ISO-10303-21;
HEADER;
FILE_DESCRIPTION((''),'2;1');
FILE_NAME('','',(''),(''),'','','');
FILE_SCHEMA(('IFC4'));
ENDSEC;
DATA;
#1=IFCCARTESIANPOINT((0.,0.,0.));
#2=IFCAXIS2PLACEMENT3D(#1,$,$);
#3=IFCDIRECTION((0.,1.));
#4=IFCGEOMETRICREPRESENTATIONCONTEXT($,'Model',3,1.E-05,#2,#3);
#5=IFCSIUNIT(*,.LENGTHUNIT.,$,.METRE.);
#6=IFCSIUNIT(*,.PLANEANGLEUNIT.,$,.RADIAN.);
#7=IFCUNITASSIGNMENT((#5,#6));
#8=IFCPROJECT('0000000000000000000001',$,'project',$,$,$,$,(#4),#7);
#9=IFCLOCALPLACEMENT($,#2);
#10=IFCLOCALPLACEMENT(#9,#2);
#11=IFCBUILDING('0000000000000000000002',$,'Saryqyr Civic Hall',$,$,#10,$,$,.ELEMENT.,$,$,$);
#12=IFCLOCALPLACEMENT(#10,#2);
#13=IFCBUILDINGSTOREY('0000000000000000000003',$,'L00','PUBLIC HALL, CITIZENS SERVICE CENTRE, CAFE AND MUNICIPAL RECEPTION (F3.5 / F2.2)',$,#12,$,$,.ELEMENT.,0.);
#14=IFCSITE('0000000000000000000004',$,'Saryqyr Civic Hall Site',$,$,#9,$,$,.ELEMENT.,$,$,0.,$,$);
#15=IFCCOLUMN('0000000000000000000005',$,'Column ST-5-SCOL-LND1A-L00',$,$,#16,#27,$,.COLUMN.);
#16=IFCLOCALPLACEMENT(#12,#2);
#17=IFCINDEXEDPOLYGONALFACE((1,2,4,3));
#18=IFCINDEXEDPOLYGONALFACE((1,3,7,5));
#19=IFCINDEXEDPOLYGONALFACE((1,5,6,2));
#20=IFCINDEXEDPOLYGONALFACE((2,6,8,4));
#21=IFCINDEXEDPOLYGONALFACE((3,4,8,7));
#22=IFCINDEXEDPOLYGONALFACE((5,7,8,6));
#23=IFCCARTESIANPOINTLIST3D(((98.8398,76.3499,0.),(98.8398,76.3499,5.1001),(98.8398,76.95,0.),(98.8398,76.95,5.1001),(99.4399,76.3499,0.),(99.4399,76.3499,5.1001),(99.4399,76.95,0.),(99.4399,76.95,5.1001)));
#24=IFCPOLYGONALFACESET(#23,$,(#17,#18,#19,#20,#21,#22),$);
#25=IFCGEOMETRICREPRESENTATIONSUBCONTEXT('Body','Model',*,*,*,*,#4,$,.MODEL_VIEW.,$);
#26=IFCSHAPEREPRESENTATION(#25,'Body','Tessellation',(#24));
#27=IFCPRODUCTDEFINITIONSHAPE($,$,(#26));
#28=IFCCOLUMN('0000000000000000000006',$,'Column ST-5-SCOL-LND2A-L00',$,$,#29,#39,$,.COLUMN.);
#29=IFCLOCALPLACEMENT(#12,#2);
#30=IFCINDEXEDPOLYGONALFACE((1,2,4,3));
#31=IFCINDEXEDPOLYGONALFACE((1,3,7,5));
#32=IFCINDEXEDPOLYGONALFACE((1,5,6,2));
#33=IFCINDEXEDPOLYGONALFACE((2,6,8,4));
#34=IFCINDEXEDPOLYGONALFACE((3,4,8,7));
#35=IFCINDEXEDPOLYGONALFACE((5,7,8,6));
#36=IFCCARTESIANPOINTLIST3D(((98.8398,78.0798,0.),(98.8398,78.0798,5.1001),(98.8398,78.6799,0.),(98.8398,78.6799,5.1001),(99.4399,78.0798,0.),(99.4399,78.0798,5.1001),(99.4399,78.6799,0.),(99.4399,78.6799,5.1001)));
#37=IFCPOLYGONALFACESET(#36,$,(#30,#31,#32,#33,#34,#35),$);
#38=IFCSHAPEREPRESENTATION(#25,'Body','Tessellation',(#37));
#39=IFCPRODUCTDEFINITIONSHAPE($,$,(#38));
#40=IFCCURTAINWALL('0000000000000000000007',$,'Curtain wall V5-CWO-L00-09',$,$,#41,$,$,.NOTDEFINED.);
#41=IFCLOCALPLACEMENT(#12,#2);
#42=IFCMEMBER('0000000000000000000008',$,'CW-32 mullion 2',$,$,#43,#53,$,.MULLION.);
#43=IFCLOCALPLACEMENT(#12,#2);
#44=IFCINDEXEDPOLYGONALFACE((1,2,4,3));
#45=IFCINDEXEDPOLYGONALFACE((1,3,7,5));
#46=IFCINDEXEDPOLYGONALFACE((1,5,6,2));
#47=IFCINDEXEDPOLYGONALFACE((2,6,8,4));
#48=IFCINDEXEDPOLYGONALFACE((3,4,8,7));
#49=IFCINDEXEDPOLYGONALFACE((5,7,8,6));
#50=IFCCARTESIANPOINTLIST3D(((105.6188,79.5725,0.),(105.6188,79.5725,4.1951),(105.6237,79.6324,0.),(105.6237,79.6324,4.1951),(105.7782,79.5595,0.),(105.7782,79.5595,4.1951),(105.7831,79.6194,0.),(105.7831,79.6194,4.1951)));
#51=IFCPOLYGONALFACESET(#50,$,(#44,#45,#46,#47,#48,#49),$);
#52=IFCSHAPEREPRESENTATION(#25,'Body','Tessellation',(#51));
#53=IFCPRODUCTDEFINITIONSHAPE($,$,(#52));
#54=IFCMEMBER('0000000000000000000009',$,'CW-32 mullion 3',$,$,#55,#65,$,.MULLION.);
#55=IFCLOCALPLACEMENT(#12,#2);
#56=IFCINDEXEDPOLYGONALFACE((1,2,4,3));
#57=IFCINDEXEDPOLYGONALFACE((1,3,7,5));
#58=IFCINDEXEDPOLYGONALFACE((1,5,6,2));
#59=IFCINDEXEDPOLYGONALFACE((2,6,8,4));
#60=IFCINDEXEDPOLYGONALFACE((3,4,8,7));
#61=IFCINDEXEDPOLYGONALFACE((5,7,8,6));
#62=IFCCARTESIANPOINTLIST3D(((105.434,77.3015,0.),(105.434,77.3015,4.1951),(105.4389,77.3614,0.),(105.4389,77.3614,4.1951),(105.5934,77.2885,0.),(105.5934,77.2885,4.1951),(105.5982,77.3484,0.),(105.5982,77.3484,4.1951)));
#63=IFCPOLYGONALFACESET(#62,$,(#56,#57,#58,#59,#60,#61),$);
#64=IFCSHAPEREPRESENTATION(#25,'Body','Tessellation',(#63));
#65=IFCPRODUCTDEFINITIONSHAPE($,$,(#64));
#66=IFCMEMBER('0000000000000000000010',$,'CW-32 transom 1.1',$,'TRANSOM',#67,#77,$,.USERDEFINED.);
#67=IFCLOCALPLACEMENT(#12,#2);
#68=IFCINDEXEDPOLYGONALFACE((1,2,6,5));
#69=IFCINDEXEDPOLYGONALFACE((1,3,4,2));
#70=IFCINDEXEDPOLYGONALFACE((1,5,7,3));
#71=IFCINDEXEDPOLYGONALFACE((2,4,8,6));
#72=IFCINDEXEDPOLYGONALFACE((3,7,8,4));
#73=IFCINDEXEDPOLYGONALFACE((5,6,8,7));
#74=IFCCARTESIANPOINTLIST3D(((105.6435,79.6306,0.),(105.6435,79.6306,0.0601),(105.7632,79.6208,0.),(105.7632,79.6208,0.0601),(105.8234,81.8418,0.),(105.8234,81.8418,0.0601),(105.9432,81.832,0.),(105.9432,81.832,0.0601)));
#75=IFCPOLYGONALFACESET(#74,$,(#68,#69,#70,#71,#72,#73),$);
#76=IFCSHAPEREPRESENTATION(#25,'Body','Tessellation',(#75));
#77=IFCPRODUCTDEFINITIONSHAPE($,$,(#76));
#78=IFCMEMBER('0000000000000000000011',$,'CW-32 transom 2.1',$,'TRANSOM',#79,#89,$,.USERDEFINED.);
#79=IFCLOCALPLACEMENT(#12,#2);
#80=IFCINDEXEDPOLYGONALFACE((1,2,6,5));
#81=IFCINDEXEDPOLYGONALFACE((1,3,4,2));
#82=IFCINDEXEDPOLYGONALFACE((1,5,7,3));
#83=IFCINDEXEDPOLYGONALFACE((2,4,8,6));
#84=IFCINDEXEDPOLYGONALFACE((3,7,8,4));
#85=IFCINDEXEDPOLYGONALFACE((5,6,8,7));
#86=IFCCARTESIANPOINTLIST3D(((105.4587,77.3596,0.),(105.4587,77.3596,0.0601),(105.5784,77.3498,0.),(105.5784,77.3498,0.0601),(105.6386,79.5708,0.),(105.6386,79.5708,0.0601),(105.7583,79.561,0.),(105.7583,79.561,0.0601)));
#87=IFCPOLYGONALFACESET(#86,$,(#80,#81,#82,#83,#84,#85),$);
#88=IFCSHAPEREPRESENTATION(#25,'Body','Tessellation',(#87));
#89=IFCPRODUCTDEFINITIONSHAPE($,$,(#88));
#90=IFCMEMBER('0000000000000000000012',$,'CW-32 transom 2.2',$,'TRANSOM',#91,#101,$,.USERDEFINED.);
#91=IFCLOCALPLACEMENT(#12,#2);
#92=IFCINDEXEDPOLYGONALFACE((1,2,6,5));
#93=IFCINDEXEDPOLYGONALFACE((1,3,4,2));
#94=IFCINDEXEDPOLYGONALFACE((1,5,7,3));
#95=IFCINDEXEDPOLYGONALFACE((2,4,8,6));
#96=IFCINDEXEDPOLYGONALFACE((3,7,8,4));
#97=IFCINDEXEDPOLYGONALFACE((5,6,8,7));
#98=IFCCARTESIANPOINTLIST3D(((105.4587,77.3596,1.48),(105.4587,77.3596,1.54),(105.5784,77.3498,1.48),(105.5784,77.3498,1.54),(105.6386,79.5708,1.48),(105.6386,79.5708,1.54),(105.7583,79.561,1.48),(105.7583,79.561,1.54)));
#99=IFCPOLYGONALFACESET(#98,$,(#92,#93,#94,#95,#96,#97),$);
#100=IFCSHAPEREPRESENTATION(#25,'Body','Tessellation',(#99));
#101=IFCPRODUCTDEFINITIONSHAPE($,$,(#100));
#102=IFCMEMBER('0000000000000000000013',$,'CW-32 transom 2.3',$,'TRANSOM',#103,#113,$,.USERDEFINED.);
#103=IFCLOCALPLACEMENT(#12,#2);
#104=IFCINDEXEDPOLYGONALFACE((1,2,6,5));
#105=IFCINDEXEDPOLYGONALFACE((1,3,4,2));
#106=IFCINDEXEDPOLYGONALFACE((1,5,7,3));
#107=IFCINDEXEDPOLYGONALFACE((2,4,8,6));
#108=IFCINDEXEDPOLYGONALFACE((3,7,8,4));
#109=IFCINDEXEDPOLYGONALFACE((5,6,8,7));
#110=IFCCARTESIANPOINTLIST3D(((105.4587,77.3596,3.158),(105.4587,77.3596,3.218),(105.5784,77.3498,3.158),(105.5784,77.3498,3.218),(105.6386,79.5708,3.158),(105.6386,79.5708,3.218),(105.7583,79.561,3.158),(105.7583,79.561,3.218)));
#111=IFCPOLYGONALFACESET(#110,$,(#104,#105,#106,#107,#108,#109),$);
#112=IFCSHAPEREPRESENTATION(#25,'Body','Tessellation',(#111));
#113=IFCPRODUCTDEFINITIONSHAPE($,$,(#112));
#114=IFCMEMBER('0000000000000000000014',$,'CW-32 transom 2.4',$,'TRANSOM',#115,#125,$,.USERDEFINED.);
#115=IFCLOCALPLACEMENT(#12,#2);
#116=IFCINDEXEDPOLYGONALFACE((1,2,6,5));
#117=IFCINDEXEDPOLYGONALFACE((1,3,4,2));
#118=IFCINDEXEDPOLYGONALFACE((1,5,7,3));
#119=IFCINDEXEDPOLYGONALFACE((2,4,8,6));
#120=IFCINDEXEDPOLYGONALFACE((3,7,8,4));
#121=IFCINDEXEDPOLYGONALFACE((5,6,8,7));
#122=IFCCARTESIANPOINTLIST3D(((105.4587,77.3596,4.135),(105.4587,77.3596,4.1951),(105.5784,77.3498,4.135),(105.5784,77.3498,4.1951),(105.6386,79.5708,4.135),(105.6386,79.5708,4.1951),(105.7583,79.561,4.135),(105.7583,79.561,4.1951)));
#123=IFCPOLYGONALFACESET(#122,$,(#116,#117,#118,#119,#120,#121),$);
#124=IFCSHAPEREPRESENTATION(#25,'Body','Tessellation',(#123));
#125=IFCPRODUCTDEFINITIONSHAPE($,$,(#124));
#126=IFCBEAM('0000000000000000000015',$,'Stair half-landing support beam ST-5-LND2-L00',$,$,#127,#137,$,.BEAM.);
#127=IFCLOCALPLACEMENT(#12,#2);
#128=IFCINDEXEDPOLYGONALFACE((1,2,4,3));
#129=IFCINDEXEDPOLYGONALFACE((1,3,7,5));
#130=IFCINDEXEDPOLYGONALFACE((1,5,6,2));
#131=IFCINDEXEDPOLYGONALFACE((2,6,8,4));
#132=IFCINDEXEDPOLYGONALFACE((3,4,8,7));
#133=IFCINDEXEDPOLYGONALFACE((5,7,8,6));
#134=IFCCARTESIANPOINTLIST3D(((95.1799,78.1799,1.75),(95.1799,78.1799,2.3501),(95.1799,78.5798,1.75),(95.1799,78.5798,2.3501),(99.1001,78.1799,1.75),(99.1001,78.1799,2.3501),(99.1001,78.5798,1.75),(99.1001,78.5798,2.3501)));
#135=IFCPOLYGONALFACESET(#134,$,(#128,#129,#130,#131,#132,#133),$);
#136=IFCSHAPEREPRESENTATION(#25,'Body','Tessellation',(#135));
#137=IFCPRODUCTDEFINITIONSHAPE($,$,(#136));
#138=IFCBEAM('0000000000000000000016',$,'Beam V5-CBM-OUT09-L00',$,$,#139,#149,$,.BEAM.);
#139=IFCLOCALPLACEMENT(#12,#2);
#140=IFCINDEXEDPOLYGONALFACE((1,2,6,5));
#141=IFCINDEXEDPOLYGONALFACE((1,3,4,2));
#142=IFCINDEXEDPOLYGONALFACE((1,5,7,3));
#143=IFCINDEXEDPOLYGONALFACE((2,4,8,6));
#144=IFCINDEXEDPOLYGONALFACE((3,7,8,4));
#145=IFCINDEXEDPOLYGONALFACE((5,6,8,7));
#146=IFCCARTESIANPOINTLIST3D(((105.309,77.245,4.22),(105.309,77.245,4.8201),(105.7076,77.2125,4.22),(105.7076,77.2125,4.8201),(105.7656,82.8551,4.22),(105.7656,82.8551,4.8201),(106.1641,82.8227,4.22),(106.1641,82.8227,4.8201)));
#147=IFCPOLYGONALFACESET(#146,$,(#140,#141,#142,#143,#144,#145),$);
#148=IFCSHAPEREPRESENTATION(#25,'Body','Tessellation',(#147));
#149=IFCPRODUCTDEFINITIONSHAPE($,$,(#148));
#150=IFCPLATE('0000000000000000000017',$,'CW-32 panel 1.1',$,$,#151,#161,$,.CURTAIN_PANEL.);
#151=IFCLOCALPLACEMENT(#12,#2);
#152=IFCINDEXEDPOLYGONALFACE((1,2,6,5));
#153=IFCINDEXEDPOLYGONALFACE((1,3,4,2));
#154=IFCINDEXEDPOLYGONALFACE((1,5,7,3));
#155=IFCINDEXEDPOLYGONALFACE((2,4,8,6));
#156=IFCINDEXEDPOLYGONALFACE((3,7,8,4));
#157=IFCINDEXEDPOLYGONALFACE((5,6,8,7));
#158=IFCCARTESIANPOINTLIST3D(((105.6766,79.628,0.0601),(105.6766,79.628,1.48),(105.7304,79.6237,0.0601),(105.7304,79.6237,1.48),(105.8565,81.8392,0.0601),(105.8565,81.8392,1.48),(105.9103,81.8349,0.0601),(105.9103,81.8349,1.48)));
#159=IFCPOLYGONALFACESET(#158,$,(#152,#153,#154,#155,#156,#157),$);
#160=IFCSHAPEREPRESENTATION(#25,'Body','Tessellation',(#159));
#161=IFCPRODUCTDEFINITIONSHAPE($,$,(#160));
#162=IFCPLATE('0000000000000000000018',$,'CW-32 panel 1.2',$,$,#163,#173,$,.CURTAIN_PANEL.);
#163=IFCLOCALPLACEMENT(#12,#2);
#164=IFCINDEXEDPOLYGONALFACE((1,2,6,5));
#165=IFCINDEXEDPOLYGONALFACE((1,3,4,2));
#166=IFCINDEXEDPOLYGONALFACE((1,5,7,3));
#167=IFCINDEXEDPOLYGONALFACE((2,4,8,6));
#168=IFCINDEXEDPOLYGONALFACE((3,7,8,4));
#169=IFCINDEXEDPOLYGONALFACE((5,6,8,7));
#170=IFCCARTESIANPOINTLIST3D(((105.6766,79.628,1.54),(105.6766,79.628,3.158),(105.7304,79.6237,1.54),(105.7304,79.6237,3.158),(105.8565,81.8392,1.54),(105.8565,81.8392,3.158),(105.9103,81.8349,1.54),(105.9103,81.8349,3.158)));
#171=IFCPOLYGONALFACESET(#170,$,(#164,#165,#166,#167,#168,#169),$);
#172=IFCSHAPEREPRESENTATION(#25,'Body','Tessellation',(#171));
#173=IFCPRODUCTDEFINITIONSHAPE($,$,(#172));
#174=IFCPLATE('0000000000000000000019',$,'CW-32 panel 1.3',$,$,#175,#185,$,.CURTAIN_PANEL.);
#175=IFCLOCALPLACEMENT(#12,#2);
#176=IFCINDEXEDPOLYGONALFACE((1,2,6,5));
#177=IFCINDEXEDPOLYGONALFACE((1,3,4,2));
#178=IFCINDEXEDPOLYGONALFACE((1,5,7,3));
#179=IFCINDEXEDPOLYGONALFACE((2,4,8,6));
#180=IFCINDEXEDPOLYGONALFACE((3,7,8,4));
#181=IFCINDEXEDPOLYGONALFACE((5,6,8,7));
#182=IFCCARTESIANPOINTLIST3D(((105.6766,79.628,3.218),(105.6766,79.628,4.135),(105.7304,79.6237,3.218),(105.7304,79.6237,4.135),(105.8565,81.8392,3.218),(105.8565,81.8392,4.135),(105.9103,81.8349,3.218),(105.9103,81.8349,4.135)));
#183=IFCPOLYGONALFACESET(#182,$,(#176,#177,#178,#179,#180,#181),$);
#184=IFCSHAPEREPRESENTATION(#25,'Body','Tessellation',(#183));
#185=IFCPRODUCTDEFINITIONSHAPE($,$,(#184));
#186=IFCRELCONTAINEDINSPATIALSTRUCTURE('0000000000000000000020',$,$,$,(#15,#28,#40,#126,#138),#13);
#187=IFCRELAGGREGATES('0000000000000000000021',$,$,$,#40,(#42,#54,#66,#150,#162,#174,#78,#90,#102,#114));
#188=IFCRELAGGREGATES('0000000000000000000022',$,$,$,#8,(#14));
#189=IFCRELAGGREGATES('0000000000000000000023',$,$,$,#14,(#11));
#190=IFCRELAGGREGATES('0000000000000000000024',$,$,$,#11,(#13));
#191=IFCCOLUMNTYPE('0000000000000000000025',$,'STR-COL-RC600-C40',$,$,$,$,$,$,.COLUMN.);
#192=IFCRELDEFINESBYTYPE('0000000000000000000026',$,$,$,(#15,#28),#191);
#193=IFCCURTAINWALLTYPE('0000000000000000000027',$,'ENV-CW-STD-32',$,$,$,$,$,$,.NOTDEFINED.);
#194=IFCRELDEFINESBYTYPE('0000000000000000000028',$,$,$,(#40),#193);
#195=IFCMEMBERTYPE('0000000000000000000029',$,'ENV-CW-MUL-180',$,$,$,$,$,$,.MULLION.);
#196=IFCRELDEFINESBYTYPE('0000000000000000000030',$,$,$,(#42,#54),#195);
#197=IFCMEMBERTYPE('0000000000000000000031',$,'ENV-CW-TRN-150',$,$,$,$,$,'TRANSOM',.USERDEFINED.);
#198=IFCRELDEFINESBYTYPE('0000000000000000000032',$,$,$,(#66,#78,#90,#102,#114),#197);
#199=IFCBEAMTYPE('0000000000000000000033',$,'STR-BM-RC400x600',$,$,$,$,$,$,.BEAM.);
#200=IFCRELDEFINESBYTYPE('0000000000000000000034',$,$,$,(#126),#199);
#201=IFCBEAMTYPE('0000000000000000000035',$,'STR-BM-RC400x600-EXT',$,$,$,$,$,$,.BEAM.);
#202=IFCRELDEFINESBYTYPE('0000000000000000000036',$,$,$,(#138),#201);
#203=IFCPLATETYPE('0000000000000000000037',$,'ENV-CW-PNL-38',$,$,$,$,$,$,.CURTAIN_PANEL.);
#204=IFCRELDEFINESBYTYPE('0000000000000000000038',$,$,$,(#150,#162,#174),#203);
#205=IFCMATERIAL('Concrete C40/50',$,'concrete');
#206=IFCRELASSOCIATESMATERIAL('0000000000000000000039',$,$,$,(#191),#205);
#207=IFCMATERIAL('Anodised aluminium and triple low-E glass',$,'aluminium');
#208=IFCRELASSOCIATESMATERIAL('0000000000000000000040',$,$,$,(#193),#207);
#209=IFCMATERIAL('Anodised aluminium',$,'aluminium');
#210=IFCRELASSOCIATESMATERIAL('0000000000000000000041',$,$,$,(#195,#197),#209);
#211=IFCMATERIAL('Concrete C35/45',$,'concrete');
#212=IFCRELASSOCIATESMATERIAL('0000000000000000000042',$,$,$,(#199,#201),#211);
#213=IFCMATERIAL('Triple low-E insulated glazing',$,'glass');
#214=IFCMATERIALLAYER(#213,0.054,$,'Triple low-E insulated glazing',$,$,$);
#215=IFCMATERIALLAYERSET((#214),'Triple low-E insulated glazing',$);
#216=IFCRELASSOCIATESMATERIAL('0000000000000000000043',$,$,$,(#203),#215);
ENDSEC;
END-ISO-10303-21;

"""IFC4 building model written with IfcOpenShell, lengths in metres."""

from ifc_helpers import new_model, si_unit, direction, frame, origin, origin_2d, place, context, subcontext, project, spatial, rectangle, extrude, material, layer, layer_set, material_profile, profile_set, type_object, element, aggregate, save


model = new_model("IFC4")

# Units and contexts
model_context = context("Model", 3, precision=1e-05, world=origin(), true_north=direction((0.0, 1.0)))
body_context = subcontext(model_context, "Body", "Model", "MODEL_VIEW")
ifc_project = project(units=[si_unit("LENGTHUNIT", "METRE"), si_unit("PLANEANGLEUNIT", "RADIAN")], contexts=[model_context])

# Site, building, storey
site_placement = place(None, origin())
site = spatial("IfcSite", under=ifc_project, at=site_placement, Name="Saryqyr Civic Hall Site", CompositionType="ELEMENT", RefElevation=0.0)
building_placement = place(site_placement, origin())
building = spatial("IfcBuilding", under=site, at=building_placement, Name="Saryqyr Civic Hall", CompositionType="ELEMENT")
storey_placement = place(building_placement, origin())
storey = spatial("IfcBuildingStorey", under=building, at=storey_placement, Name="L00", Description="PUBLIC HALL, CITIZENS SERVICE CENTRE, CAFE AND MUNICIPAL RECEPTION (F3.5 / F2.2)", CompositionType="ELEMENT", Elevation=0.0)

# Columns
ifc_material_1 = material(Name="Concrete C40/50", Category="concrete")
ifc_material_profile_1 = material_profile(ifc_material_1, rectangle(XDim=0.6001, YDim=0.6001, at=origin_2d()), Name="RC 600x600")
ifc_profile_set_1 = profile_set([ifc_material_profile_1], Name="Concrete C40/50")
column_type_1 = type_object("IfcColumnType", Name="STR-COL-RC600-C40", PredefinedType="COLUMN", material=ifc_profile_set_1)
for number, where, z_axis, x_axis, name in (
    (1, (99.1399, 76.6499, 0.0), (0.0, 0.0, 1.0), (1.0, 0.0, 0.0), "Column ST-5-SCOL-LND1A-L00"),
    (2, (99.1399, 78.3799, 0.0), (0.0, 0.0, 1.0), (1.0, 0.0, 0.0), "Column ST-5-SCOL-LND2A-L00"),
):
    element("IfcColumn", number, at=place(storey_placement, frame(where, z_axis=z_axis, x_axis=x_axis)), inside=storey, type_object=column_type_1, Name=name, PredefinedType="COLUMN", context=body_context, shape_type="SweptSolid", body=[
        extrude(rectangle(XDim=0.6001, YDim=0.6001, at=origin_2d()), origin(), (0.0, 0.0, 1.0), 5.1001),
    ])

# Curtain wall, members
ifc_material_2 = material(Name="Anodised aluminium and triple low-E glass", Category="aluminium")
curtain_wall_type = type_object("IfcCurtainWallType", Name="ENV-CW-STD-32", PredefinedType="NOTDEFINED", material=ifc_material_2)
curtain_wall_placement = place(storey_placement, origin())
curtain_wall = element("IfcCurtainWall", 3, at=curtain_wall_placement, inside=storey, type_object=curtain_wall_type, Name="Curtain wall V5-CWO-L00-09", PredefinedType="NOTDEFINED")
ifc_material_3 = material(Name="Anodised aluminium", Category="aluminium")
ifc_material_profile_2 = material_profile(ifc_material_3, rectangle(XDim=0.0601, YDim=0.1599, at=origin_2d()), Name="ALU MULLION 60x160")
ifc_profile_set_2 = profile_set([ifc_material_profile_2], Name="Anodised aluminium")
member_type_1 = type_object("IfcMemberType", Name="ENV-CW-MUL-180", PredefinedType="MULLION", material=ifc_profile_set_2)
member_1_placement = place(storey_placement, frame((105.7009, 79.5959, 0.0), z_axis=(0.0, 0.0, 1.0), x_axis=(-0.081093, -0.996707, 0.0)))
member_1 = element("IfcMember", 4, at=member_1_placement, type_object=member_type_1, Name="CW-32 mullion 2", PredefinedType="MULLION", context=body_context, shape_type="SweptSolid", body=[
    extrude(rectangle(XDim=0.0601, YDim=0.1599, at=origin_2d()), origin(), (0.0, 0.0, 1.0), 4.1951),
])
member_2_placement = place(storey_placement, frame((105.5161, 77.325, 0.0), z_axis=(0.0, 0.0, 1.0), x_axis=(-0.081093, -0.996707, 0.0)))
member_2 = element("IfcMember", 5, at=member_2_placement, type_object=member_type_1, Name="CW-32 mullion 3", PredefinedType="MULLION", context=body_context, shape_type="SweptSolid", body=[
    extrude(rectangle(XDim=0.0601, YDim=0.1599, at=origin_2d()), origin(), (0.0, 0.0, 1.0), 4.1951),
])
ifc_material_profile_3 = material_profile(ifc_material_3, rectangle(XDim=0.1201, YDim=0.0601, at=origin_2d()), Name="ALU TRANSOM 120x60")
ifc_profile_set_3 = profile_set([ifc_material_profile_3], Name="Anodised aluminium")
member_type_2 = type_object("IfcMemberType", Name="ENV-CW-TRN-150", ElementType="TRANSOM", PredefinedType="USERDEFINED", material=ifc_profile_set_3)
member_3_placement = place(storey_placement, frame((105.8833, 81.8369, 0.03), z_axis=(-0.081105, -0.996706, 0.0), x_axis=(0.996706, -0.081105, 0.0)))
member_3 = element("IfcMember", 6, at=member_3_placement, type_object=member_type_2, Name="CW-32 transom 1.1", ObjectType="TRANSOM", PredefinedType="USERDEFINED", context=body_context, shape_type="SweptSolid", body=[
    extrude(rectangle(XDim=0.1201, YDim=0.0601, at=origin_2d()), origin(), (0.0, 0.0, 1.0), 2.2185),
])
member_4_placement = place(storey_placement, frame((105.6985, 79.5659, 0.03), z_axis=(-0.081105, -0.996706, 0.0), x_axis=(0.996706, -0.081105, 0.0)))
member_4 = element("IfcMember", 7, at=member_4_placement, type_object=member_type_2, Name="CW-32 transom 2.1", ObjectType="TRANSOM", PredefinedType="USERDEFINED", context=body_context, shape_type="SweptSolid", body=[
    extrude(rectangle(XDim=0.1201, YDim=0.0601, at=origin_2d()), origin(), (0.0, 0.0, 1.0), 2.2185),
])
member_5_placement = place(storey_placement, frame((105.6985, 79.5659, 1.51), z_axis=(-0.081105, -0.996706, 0.0), x_axis=(0.996706, -0.081105, 0.0)))
member_5 = element("IfcMember", 8, at=member_5_placement, type_object=member_type_2, Name="CW-32 transom 2.2", ObjectType="TRANSOM", PredefinedType="USERDEFINED", context=body_context, shape_type="SweptSolid", body=[
    extrude(rectangle(XDim=0.1201, YDim=0.0601, at=origin_2d()), origin(), (0.0, 0.0, 1.0), 2.2185),
])
member_6_placement = place(storey_placement, frame((105.6985, 79.5659, 3.188), z_axis=(-0.081105, -0.996706, 0.0), x_axis=(0.996706, -0.081105, 0.0)))
member_6 = element("IfcMember", 9, at=member_6_placement, type_object=member_type_2, Name="CW-32 transom 2.3", ObjectType="TRANSOM", PredefinedType="USERDEFINED", context=body_context, shape_type="SweptSolid", body=[
    extrude(rectangle(XDim=0.1201, YDim=0.0601, at=origin_2d()), origin(), (0.0, 0.0, 1.0), 2.2185),
])
member_7_placement = place(storey_placement, frame((105.6985, 79.5659, 4.165), z_axis=(-0.081105, -0.996706, 0.0), x_axis=(0.996706, -0.081105, 0.0)))
member_7 = element("IfcMember", 10, at=member_7_placement, type_object=member_type_2, Name="CW-32 transom 2.4", ObjectType="TRANSOM", PredefinedType="USERDEFINED", context=body_context, shape_type="SweptSolid", body=[
    extrude(rectangle(XDim=0.1201, YDim=0.0601, at=origin_2d()), origin(), (0.0, 0.0, 1.0), 2.2185),
])

# Beams
ifc_material_4 = material(Name="Concrete C35/45", Category="concrete")
ifc_material_profile_4 = material_profile(ifc_material_4, rectangle(XDim=0.3999, YDim=0.6001, at=origin_2d()), Name="RC 400x600")
ifc_profile_set_4 = profile_set([ifc_material_profile_4], Name="Concrete C35/45")
beam_type_1 = type_object("IfcBeamType", Name="STR-BM-RC400x600", PredefinedType="BEAM", material=ifc_profile_set_4)
beam_1_placement = place(storey_placement, frame((99.1001, 78.3799, 2.05), z_axis=(-1.0, 0.0, 0.0), x_axis=(0.0, -1.0, 0.0)))
element("IfcBeam", 11, at=beam_1_placement, inside=storey, type_object=beam_type_1, Name="Stair half-landing support beam ST-5-LND2-L00", PredefinedType="BEAM", context=body_context, shape_type="SweptSolid", body=[
    extrude(rectangle(XDim=0.3999, YDim=0.6001, at=origin_2d()), origin(), (0.0, 0.0, 1.0), 3.9202),
])
ifc_material_profile_5 = material_profile(ifc_material_4, rectangle(XDim=0.3999, YDim=0.6001, at=origin_2d()), Name="RC 400x600")
ifc_profile_set_5 = profile_set([ifc_material_profile_5], Name="Concrete C35/45")
beam_type_2 = type_object("IfcBeamType", Name="STR-BM-RC400x600-EXT", PredefinedType="BEAM", material=ifc_profile_set_5)
beam_2_placement = place(storey_placement, frame((105.5083, 77.2288, 4.52), z_axis=(0.081111, 0.996705, 0.0), x_axis=(-0.996705, 0.081111, 0.0)))
element("IfcBeam", 12, at=beam_2_placement, inside=storey, type_object=beam_type_2, Name="Beam V5-CBM-OUT09-L00", PredefinedType="BEAM", context=body_context, shape_type="SweptSolid", body=[
    extrude(rectangle(XDim=0.3999, YDim=0.6001, at=origin_2d()), origin(), (0.0, 0.0, 1.0), 5.6287),
])

# Plates
ifc_material_5 = material(Name="Triple low-E insulated glazing", Category="glass")
ifc_layer_1 = layer(ifc_material_5, 0.054, Name="Triple low-E insulated glazing")
ifc_layer_set_1 = layer_set([ifc_layer_1], Name="Triple low-E insulated glazing")
plate_type = type_object("IfcPlateType", Name="ENV-CW-PNL-38", PredefinedType="CURTAIN_PANEL", material=ifc_layer_set_1)
plate_1_placement = place(storey_placement, frame((105.7935, 80.7314, 0.0601), z_axis=(0.0, 0.0, 1.0), x_axis=(-0.081093, -0.996707, 0.0)))
plate_1 = element("IfcPlate", 13, at=plate_1_placement, type_object=plate_type, Name="CW-32 panel 1.1", PredefinedType="CURTAIN_PANEL", context=body_context, shape_type="SweptSolid", body=[
    extrude(rectangle(XDim=2.2185, YDim=0.054, at=origin_2d()), origin(), (0.0, 0.0, 1.0), 1.4199),
])
plate_2_placement = place(storey_placement, frame((105.7935, 80.7314, 1.54), z_axis=(0.0, 0.0, 1.0), x_axis=(-0.081093, -0.996707, 0.0)))
plate_2 = element("IfcPlate", 14, at=plate_2_placement, type_object=plate_type, Name="CW-32 panel 1.2", PredefinedType="CURTAIN_PANEL", context=body_context, shape_type="SweptSolid", body=[
    extrude(rectangle(XDim=2.2185, YDim=0.054, at=origin_2d()), origin(), (0.0, 0.0, 1.0), 1.6179),
])
plate_3_placement = place(storey_placement, frame((105.7935, 80.7314, 3.218), z_axis=(0.0, 0.0, 1.0), x_axis=(-0.081093, -0.996707, 0.0)))
plate_3 = element("IfcPlate", 15, at=plate_3_placement, type_object=plate_type, Name="CW-32 panel 1.3", PredefinedType="CURTAIN_PANEL", context=body_context, shape_type="SweptSolid", body=[
    extrude(rectangle(XDim=2.2185, YDim=0.054, at=origin_2d()), origin(), (0.0, 0.0, 1.0), 0.917),
])
aggregate(curtain_wall, [member_1, member_2, member_3, plate_1, plate_2, plate_3, member_4, member_5, member_6, member_7])

save(model, "model.ifc")
